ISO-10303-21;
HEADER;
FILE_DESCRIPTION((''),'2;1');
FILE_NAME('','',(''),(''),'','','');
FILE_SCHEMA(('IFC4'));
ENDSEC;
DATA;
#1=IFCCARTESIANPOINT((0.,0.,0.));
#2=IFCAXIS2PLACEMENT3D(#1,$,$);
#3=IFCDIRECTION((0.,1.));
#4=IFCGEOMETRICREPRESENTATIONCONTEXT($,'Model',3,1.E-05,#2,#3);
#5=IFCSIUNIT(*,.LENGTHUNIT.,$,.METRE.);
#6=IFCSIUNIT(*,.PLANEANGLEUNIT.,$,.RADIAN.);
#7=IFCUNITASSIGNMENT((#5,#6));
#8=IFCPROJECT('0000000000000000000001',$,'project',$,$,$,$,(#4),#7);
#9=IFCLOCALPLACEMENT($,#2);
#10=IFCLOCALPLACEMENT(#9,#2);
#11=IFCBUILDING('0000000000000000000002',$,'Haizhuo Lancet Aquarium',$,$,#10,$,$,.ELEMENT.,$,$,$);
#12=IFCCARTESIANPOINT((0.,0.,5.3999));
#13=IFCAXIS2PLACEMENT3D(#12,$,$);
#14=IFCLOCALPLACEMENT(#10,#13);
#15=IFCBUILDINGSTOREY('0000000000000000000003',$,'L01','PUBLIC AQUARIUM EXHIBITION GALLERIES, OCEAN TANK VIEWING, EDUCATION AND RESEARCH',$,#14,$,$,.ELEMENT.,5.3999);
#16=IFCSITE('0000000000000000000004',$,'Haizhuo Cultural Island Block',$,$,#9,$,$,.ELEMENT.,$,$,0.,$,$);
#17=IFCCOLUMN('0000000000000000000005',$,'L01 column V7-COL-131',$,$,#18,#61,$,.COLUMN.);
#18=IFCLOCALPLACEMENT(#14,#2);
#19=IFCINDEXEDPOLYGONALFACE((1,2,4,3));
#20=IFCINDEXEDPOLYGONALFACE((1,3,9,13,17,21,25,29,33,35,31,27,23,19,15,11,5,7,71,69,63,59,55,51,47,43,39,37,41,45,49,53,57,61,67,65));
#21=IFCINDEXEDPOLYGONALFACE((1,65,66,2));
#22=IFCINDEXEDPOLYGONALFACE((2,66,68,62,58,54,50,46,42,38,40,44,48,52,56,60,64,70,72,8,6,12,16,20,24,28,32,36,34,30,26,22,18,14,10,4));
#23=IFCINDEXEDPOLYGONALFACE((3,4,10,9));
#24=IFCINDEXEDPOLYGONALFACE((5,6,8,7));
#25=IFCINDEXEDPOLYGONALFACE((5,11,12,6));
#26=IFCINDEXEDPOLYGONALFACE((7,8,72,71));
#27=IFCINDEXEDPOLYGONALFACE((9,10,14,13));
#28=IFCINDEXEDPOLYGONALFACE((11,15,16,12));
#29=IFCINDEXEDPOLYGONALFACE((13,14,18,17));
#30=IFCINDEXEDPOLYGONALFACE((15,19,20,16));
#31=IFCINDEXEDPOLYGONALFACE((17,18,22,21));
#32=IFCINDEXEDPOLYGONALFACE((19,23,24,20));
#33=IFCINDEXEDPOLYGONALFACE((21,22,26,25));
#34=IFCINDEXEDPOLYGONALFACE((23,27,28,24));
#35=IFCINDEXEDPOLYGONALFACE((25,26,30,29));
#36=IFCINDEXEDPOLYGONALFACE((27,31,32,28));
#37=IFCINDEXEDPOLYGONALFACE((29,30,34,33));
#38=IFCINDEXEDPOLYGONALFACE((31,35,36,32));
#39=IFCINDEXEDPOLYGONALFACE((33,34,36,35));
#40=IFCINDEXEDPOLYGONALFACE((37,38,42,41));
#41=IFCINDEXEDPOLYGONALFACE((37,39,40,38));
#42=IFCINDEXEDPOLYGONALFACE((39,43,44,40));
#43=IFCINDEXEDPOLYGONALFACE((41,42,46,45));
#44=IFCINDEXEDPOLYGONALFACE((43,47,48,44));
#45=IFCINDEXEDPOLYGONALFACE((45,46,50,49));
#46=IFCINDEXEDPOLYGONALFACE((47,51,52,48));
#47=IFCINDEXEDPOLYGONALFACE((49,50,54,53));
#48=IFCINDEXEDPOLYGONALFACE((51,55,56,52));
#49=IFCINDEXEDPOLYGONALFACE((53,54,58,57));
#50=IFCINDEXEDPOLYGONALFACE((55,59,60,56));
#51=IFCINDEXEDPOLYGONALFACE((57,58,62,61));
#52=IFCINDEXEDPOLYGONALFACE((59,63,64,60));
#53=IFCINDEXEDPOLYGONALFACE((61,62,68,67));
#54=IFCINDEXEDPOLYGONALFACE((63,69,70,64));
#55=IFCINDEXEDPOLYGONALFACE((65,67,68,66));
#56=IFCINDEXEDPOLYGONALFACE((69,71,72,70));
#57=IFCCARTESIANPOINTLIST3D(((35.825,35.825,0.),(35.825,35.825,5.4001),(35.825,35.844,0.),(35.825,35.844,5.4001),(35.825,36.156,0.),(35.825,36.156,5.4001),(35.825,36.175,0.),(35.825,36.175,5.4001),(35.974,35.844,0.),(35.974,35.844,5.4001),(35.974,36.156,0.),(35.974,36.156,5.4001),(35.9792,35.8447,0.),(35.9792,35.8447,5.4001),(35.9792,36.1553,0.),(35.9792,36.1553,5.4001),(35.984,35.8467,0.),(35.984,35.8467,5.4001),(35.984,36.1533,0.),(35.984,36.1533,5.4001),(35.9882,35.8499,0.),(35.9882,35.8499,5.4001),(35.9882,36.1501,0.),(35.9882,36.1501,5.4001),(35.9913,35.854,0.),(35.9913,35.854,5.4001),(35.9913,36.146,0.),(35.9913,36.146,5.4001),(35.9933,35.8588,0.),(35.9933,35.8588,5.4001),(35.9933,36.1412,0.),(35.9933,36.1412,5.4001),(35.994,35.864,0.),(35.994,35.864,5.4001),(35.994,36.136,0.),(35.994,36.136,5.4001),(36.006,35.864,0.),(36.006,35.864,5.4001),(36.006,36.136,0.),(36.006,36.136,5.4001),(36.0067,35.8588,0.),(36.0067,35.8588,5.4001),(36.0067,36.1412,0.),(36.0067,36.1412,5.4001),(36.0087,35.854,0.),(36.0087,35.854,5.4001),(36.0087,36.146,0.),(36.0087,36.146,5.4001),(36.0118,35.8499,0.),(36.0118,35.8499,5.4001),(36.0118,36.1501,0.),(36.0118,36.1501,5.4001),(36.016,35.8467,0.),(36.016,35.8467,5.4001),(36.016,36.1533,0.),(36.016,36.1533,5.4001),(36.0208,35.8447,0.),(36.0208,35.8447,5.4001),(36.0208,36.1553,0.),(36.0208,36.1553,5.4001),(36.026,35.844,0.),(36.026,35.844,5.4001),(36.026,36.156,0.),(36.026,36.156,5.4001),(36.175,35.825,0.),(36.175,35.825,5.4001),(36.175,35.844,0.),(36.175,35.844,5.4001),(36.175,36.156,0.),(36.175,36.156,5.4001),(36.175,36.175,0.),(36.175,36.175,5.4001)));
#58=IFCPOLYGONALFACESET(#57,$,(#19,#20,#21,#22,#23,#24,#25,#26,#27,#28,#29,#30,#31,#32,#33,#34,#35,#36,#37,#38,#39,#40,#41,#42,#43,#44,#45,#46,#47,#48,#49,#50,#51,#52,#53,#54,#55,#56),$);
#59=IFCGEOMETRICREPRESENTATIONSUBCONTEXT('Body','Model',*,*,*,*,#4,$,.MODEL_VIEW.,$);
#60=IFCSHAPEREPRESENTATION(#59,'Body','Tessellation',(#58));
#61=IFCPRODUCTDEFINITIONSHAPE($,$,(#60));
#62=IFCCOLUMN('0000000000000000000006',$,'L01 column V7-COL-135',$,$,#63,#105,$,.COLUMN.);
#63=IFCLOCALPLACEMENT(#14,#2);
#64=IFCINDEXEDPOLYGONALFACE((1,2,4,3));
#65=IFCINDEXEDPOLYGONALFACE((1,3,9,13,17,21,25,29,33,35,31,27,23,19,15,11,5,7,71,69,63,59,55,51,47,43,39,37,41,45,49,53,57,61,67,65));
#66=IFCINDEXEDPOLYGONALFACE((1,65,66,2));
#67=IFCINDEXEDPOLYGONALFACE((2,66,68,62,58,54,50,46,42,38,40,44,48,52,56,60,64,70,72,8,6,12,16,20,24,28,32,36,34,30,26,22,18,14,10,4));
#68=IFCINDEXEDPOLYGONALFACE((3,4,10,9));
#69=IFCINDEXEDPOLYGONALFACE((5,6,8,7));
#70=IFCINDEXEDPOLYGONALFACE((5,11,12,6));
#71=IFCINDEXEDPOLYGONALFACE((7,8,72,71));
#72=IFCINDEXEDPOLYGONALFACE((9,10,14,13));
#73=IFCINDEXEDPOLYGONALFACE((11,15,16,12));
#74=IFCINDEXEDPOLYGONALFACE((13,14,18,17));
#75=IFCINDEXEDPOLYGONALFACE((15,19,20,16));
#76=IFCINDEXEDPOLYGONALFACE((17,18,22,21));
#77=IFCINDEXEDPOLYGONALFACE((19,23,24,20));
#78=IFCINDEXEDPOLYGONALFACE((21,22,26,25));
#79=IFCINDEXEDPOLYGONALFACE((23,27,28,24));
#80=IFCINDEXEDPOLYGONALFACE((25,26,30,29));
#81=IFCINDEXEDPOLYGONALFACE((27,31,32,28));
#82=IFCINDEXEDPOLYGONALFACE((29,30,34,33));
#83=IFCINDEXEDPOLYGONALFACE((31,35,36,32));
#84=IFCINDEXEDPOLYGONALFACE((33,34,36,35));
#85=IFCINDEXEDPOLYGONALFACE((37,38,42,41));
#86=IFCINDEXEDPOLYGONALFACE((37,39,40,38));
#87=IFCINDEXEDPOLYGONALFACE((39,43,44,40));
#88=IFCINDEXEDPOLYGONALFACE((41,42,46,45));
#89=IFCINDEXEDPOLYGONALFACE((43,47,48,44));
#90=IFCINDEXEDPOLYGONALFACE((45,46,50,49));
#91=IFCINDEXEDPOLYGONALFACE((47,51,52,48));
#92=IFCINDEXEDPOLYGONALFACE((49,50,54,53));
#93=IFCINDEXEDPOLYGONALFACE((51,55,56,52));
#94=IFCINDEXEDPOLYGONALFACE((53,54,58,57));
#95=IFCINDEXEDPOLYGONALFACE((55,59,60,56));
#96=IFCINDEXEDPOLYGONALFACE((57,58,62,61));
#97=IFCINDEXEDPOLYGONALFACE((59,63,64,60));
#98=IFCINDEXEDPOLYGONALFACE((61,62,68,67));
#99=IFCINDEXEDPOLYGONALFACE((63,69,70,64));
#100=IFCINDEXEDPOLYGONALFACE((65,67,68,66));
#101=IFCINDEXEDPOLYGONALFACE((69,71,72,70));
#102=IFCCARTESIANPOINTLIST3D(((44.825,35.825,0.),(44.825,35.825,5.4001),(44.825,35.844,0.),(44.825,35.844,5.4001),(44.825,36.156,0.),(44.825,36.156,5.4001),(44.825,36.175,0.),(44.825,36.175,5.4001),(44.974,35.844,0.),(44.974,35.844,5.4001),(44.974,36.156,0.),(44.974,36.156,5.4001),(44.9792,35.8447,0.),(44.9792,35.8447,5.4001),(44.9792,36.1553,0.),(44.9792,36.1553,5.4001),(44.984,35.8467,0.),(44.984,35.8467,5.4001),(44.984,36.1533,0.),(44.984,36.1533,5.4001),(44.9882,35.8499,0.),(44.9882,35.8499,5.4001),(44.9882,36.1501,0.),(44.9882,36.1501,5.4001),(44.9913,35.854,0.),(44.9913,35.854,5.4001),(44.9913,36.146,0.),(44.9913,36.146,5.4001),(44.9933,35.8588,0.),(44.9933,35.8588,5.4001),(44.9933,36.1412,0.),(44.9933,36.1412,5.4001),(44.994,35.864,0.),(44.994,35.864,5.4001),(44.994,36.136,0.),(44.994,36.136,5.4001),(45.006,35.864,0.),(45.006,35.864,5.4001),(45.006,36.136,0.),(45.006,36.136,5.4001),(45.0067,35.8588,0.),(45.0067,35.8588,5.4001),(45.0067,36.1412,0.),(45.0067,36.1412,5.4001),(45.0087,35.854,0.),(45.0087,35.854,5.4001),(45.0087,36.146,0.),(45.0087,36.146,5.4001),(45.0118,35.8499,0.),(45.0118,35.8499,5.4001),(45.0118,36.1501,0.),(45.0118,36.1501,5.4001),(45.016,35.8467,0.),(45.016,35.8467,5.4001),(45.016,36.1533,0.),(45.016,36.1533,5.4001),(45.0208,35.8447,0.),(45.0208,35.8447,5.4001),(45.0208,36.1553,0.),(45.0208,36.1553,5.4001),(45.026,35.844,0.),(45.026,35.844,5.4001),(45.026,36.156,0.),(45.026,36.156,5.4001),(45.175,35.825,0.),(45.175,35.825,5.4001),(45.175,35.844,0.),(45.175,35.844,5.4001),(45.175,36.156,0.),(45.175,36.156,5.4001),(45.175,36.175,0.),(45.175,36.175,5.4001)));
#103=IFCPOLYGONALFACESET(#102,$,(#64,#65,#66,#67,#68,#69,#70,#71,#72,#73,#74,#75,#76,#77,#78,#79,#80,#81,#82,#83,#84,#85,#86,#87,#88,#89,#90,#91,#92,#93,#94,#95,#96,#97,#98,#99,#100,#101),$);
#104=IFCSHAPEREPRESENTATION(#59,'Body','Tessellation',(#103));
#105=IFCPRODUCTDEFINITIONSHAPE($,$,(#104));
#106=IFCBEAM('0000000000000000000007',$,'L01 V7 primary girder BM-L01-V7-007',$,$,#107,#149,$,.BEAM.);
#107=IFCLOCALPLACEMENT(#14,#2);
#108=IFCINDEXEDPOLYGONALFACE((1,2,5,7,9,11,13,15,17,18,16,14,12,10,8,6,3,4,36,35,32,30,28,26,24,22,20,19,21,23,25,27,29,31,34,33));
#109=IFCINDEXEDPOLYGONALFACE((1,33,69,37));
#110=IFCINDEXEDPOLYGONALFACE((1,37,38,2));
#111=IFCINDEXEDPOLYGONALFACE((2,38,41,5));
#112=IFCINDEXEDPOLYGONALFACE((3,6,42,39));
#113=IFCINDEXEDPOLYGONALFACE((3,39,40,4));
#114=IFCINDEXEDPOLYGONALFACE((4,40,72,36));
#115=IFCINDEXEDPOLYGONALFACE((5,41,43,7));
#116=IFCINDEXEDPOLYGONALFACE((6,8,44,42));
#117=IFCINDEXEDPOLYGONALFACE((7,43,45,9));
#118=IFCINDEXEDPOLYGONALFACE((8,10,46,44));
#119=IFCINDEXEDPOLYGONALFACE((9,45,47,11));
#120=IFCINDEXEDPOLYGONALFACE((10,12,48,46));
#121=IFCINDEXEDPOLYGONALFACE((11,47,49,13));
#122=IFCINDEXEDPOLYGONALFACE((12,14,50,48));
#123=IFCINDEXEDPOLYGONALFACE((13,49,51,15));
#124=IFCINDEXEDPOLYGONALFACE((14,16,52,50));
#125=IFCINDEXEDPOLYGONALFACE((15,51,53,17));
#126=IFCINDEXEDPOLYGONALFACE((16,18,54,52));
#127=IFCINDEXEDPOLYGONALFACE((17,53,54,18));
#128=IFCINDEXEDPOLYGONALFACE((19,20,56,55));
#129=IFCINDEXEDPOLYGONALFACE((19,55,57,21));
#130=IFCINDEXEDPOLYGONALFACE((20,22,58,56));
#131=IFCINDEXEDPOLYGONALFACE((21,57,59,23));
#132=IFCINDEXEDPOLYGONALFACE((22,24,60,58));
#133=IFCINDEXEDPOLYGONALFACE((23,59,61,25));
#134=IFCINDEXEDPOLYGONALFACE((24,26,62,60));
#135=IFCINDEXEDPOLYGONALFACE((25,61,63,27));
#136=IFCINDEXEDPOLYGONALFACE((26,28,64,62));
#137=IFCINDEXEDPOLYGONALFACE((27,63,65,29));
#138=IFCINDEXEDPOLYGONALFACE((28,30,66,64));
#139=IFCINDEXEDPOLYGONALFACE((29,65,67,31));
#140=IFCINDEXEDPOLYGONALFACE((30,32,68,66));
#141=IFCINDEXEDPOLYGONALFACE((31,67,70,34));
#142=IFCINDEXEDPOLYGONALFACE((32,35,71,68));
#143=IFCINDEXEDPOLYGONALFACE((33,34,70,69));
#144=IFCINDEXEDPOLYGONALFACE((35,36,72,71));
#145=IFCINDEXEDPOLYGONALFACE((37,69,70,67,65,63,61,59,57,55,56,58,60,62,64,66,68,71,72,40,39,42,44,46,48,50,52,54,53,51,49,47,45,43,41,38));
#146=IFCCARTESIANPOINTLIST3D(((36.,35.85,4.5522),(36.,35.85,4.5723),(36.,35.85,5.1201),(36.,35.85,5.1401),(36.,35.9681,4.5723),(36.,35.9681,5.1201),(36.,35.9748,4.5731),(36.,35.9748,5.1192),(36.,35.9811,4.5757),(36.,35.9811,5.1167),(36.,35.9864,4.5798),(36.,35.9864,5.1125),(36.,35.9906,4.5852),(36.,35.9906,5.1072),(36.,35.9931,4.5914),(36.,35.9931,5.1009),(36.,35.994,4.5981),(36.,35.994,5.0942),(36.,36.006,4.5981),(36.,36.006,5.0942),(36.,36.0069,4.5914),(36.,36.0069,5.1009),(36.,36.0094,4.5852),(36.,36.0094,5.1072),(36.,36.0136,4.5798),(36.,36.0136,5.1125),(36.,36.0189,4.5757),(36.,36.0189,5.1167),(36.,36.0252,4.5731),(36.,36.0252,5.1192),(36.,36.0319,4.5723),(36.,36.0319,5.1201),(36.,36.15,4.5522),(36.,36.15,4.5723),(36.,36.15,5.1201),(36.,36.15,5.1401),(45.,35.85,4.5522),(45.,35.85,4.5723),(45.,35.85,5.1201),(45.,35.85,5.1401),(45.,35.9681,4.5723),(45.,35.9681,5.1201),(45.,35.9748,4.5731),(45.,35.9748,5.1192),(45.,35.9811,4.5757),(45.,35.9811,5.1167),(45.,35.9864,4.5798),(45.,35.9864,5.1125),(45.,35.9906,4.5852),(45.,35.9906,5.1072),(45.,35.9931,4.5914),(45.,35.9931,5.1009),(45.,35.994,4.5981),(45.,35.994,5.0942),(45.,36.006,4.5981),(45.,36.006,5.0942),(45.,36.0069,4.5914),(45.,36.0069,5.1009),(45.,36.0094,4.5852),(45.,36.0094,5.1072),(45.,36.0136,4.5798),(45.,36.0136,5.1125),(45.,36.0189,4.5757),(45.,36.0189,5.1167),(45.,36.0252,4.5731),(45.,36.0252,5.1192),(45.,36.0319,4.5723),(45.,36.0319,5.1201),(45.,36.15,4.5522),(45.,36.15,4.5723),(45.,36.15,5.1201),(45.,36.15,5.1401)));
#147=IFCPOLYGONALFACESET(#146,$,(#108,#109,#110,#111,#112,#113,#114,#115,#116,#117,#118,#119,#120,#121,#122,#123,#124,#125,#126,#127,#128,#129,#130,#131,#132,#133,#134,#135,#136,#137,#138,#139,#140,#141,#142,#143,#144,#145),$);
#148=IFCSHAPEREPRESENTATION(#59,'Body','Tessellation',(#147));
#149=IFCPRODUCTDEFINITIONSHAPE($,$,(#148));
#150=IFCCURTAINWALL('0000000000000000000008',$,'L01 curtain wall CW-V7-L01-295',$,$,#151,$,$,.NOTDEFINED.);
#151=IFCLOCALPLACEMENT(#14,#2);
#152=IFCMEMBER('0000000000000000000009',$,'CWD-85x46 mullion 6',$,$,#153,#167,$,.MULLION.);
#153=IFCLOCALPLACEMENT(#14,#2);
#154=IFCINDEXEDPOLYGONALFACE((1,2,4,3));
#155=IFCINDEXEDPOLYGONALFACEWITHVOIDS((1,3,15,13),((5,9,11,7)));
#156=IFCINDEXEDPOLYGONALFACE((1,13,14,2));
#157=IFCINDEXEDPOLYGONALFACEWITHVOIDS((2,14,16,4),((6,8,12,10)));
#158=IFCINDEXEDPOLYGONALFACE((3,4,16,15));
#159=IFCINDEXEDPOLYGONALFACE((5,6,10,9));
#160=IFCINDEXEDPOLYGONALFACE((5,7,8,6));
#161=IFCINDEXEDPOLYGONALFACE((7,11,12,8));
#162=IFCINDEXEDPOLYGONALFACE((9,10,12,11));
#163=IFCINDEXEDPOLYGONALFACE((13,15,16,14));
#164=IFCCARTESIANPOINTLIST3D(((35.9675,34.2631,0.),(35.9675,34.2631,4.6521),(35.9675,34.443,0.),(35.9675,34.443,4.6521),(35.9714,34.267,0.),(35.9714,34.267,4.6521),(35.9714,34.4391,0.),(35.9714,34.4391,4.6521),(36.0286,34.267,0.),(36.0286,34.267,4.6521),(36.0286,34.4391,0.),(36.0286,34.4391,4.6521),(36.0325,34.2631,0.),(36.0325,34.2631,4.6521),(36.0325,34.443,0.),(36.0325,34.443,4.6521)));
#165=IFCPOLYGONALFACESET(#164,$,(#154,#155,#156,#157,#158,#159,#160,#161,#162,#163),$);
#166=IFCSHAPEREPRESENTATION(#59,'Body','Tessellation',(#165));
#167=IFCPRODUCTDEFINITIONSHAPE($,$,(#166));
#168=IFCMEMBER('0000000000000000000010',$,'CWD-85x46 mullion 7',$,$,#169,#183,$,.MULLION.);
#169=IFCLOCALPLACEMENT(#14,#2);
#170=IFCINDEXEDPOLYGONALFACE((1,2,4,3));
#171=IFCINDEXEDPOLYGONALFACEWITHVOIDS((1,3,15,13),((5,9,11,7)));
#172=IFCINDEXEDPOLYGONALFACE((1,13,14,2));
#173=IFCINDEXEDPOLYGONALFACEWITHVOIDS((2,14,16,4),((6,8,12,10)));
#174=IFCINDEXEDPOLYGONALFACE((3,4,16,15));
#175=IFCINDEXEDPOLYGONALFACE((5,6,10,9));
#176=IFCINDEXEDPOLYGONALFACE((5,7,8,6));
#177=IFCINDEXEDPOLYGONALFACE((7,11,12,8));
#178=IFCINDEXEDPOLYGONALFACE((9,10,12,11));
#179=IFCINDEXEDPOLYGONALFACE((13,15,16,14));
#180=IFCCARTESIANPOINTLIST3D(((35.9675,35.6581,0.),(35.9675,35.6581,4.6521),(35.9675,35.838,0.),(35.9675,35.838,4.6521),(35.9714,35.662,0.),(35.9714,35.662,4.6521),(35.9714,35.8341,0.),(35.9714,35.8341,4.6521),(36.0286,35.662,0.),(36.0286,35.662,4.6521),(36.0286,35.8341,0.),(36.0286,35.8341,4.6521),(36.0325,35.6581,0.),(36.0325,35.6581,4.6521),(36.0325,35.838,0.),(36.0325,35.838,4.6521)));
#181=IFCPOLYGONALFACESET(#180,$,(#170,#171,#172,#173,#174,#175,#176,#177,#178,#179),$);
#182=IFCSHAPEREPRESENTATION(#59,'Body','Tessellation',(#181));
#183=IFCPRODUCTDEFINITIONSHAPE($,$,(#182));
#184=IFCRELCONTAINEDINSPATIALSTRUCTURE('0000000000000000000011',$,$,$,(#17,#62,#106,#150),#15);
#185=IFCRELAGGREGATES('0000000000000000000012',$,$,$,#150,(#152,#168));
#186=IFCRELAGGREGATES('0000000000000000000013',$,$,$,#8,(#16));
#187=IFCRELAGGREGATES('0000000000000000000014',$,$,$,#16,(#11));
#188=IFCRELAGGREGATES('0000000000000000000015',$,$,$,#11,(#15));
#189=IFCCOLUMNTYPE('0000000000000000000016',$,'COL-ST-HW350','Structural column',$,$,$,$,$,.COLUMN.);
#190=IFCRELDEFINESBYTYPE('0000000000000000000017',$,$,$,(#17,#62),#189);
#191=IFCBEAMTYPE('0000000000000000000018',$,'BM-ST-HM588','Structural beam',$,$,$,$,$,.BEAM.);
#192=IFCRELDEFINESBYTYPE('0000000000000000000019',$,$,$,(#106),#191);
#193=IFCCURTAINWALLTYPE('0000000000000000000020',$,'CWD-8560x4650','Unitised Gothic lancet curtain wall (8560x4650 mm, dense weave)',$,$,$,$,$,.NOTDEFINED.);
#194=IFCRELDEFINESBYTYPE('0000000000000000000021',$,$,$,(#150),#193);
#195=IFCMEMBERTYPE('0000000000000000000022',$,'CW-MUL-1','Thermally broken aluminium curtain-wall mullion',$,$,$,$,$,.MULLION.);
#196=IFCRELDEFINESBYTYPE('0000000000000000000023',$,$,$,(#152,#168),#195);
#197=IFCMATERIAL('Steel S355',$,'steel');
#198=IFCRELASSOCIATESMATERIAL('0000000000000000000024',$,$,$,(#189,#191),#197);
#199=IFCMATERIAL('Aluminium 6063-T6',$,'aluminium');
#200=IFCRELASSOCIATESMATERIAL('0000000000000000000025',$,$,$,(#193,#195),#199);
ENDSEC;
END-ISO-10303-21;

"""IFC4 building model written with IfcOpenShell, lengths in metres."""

from ifc_helpers import new_model, si_unit, direction, frame, origin, origin_2d, place, context, subcontext, project, spatial, hollow_rectangle, i_section, extrude, material, material_profile, profile_set, type_object, element, aggregate, save


model = new_model("IFC4")

# Units and contexts
model_context = context("Model", 3, precision=1e-05, world=origin(), true_north=direction((0.0, 1.0)))
body_context = subcontext(model_context, "Body", "Model", "MODEL_VIEW")
ifc_project = project(units=[si_unit("LENGTHUNIT", "METRE"), si_unit("PLANEANGLEUNIT", "RADIAN")], contexts=[model_context])

# Site, building, storey
site_placement = place(None, origin())
site = spatial("IfcSite", under=ifc_project, at=site_placement, Name="Haizhuo Cultural Island Block", CompositionType="ELEMENT", RefElevation=0.0)
building_placement = place(site_placement, origin())
building = spatial("IfcBuilding", under=site, at=building_placement, Name="Haizhuo Lancet Aquarium", CompositionType="ELEMENT")
storey_placement = place(building_placement, frame((0.0, 0.0, 5.3999)))
storey = spatial("IfcBuildingStorey", under=building, at=storey_placement, Name="L01", Description="PUBLIC AQUARIUM EXHIBITION GALLERIES, OCEAN TANK VIEWING, EDUCATION AND RESEARCH", CompositionType="ELEMENT", Elevation=5.3999)

# Columns
ifc_material_1 = material(Name="Steel S355", Category="steel")
ifc_material_profile_1 = material_profile(ifc_material_1, i_section(OverallWidth=0.3501, OverallDepth=0.3501, WebThickness=0.012, FlangeThickness=0.019, FilletRadius=0.02, at=origin_2d()), Name="HW 350x350x12x19")
ifc_profile_set_1 = profile_set([ifc_material_profile_1], Name="Steel S355")
column_type = type_object("IfcColumnType", Name="COL-ST-HW350", Description="Structural column", PredefinedType="COLUMN", material=ifc_profile_set_1)
for number, where, z_axis, x_axis, name in (
    (1, (36.0, 36.0, 0.0), (0.0, 0.0, 1.0), (1.0, 0.0, 0.0), "L01 column V7-COL-131"),
    (2, (45.0, 36.0, 0.0), (0.0, 0.0, 1.0), (1.0, 0.0, 0.0), "L01 column V7-COL-135"),
):
    element("IfcColumn", number, at=place(storey_placement, frame(where, z_axis=z_axis, x_axis=x_axis)), inside=storey, type_object=column_type, Name=name, PredefinedType="COLUMN", context=body_context, shape_type="SweptSolid", body=[
        extrude(i_section(OverallWidth=0.3501, OverallDepth=0.3501, WebThickness=0.012, FlangeThickness=0.019, FilletRadius=0.02, at=origin_2d()), origin(), (0.0, 0.0, 1.0), 5.4001),
    ])

# Beam
ifc_material_profile_2 = material_profile(ifc_material_1, i_section(OverallWidth=0.3, OverallDepth=0.5879, WebThickness=0.012, FlangeThickness=0.02, FilletRadius=0.0259, at=origin_2d()), Name="HM 588x300x12x20")
ifc_profile_set_2 = profile_set([ifc_material_profile_2], Name="Steel S355")
beam_type = type_object("IfcBeamType", Name="BM-ST-HM588", Description="Structural beam", PredefinedType="BEAM", material=ifc_profile_set_2)
beam_placement = place(storey_placement, frame((36.0, 36.0, 4.8462), z_axis=(1.0, 0.0, 0.0), x_axis=(0.0, 1.0, 0.0)))
element("IfcBeam", 3, at=beam_placement, inside=storey, type_object=beam_type, Name="L01 V7 primary girder BM-L01-V7-007", PredefinedType="BEAM", context=body_context, shape_type="SweptSolid", body=[
    extrude(i_section(OverallWidth=0.3, OverallDepth=0.5879, WebThickness=0.012, FlangeThickness=0.02, FilletRadius=0.0259, at=origin_2d()), origin(), (0.0, 0.0, 1.0), 9.0),
])

# Curtain wall, members
ifc_material_2 = material(Name="Aluminium 6063-T6", Category="aluminium")
curtain_wall_type = type_object("IfcCurtainWallType", Name="CWD-8560x4650", Description="Unitised Gothic lancet curtain wall (8560x4650 mm, dense weave)", PredefinedType="NOTDEFINED", material=ifc_material_2)
curtain_wall_placement = place(storey_placement, origin())
curtain_wall = element("IfcCurtainWall", 4, at=curtain_wall_placement, inside=storey, type_object=curtain_wall_type, Name="L01 curtain wall CW-V7-L01-295", PredefinedType="NOTDEFINED")
ifc_material_profile_3 = material_profile(ifc_material_2, hollow_rectangle(XDim=0.0649, YDim=0.1799, WallThickness=0.0039, at=origin_2d()), Name="ALU-M 65x180x4")
ifc_profile_set_3 = profile_set([ifc_material_profile_3], Name="Aluminium 6063-T6")
member_type_1 = type_object("IfcMemberType", Name="CW-MUL-1", Description="Thermally broken aluminium curtain-wall mullion", PredefinedType="MULLION", material=ifc_profile_set_3)
member_1_placement = place(storey_placement, frame((36.0, 34.353, 0.0), z_axis=(0.0, 0.0, 1.0), x_axis=(-1.0, 0.0, 0.0)))
member_1 = element("IfcMember", 5, at=member_1_placement, type_object=member_type_1, Name="CWD-85x46 mullion 6", PredefinedType="MULLION", context=body_context, shape_type="SweptSolid", body=[
    extrude(hollow_rectangle(XDim=0.0649, YDim=0.1799, WallThickness=0.0039, at=origin_2d()), origin(), (0.0, 0.0, 1.0), 4.6521),
])
member_2_placement = place(storey_placement, frame((36.0, 35.748, 0.0), z_axis=(0.0, 0.0, 1.0), x_axis=(-1.0, 0.0, 0.0)))
member_2 = element("IfcMember", 6, at=member_2_placement, type_object=member_type_1, Name="CWD-85x46 mullion 7", PredefinedType="MULLION", context=body_context, shape_type="SweptSolid", body=[
    extrude(hollow_rectangle(XDim=0.0649, YDim=0.1799, WallThickness=0.0039, at=origin_2d()), origin(), (0.0, 0.0, 1.0), 4.6521),
])

aggregate(curtain_wall, [member_1, member_2])

save(model, "model.ifc")
